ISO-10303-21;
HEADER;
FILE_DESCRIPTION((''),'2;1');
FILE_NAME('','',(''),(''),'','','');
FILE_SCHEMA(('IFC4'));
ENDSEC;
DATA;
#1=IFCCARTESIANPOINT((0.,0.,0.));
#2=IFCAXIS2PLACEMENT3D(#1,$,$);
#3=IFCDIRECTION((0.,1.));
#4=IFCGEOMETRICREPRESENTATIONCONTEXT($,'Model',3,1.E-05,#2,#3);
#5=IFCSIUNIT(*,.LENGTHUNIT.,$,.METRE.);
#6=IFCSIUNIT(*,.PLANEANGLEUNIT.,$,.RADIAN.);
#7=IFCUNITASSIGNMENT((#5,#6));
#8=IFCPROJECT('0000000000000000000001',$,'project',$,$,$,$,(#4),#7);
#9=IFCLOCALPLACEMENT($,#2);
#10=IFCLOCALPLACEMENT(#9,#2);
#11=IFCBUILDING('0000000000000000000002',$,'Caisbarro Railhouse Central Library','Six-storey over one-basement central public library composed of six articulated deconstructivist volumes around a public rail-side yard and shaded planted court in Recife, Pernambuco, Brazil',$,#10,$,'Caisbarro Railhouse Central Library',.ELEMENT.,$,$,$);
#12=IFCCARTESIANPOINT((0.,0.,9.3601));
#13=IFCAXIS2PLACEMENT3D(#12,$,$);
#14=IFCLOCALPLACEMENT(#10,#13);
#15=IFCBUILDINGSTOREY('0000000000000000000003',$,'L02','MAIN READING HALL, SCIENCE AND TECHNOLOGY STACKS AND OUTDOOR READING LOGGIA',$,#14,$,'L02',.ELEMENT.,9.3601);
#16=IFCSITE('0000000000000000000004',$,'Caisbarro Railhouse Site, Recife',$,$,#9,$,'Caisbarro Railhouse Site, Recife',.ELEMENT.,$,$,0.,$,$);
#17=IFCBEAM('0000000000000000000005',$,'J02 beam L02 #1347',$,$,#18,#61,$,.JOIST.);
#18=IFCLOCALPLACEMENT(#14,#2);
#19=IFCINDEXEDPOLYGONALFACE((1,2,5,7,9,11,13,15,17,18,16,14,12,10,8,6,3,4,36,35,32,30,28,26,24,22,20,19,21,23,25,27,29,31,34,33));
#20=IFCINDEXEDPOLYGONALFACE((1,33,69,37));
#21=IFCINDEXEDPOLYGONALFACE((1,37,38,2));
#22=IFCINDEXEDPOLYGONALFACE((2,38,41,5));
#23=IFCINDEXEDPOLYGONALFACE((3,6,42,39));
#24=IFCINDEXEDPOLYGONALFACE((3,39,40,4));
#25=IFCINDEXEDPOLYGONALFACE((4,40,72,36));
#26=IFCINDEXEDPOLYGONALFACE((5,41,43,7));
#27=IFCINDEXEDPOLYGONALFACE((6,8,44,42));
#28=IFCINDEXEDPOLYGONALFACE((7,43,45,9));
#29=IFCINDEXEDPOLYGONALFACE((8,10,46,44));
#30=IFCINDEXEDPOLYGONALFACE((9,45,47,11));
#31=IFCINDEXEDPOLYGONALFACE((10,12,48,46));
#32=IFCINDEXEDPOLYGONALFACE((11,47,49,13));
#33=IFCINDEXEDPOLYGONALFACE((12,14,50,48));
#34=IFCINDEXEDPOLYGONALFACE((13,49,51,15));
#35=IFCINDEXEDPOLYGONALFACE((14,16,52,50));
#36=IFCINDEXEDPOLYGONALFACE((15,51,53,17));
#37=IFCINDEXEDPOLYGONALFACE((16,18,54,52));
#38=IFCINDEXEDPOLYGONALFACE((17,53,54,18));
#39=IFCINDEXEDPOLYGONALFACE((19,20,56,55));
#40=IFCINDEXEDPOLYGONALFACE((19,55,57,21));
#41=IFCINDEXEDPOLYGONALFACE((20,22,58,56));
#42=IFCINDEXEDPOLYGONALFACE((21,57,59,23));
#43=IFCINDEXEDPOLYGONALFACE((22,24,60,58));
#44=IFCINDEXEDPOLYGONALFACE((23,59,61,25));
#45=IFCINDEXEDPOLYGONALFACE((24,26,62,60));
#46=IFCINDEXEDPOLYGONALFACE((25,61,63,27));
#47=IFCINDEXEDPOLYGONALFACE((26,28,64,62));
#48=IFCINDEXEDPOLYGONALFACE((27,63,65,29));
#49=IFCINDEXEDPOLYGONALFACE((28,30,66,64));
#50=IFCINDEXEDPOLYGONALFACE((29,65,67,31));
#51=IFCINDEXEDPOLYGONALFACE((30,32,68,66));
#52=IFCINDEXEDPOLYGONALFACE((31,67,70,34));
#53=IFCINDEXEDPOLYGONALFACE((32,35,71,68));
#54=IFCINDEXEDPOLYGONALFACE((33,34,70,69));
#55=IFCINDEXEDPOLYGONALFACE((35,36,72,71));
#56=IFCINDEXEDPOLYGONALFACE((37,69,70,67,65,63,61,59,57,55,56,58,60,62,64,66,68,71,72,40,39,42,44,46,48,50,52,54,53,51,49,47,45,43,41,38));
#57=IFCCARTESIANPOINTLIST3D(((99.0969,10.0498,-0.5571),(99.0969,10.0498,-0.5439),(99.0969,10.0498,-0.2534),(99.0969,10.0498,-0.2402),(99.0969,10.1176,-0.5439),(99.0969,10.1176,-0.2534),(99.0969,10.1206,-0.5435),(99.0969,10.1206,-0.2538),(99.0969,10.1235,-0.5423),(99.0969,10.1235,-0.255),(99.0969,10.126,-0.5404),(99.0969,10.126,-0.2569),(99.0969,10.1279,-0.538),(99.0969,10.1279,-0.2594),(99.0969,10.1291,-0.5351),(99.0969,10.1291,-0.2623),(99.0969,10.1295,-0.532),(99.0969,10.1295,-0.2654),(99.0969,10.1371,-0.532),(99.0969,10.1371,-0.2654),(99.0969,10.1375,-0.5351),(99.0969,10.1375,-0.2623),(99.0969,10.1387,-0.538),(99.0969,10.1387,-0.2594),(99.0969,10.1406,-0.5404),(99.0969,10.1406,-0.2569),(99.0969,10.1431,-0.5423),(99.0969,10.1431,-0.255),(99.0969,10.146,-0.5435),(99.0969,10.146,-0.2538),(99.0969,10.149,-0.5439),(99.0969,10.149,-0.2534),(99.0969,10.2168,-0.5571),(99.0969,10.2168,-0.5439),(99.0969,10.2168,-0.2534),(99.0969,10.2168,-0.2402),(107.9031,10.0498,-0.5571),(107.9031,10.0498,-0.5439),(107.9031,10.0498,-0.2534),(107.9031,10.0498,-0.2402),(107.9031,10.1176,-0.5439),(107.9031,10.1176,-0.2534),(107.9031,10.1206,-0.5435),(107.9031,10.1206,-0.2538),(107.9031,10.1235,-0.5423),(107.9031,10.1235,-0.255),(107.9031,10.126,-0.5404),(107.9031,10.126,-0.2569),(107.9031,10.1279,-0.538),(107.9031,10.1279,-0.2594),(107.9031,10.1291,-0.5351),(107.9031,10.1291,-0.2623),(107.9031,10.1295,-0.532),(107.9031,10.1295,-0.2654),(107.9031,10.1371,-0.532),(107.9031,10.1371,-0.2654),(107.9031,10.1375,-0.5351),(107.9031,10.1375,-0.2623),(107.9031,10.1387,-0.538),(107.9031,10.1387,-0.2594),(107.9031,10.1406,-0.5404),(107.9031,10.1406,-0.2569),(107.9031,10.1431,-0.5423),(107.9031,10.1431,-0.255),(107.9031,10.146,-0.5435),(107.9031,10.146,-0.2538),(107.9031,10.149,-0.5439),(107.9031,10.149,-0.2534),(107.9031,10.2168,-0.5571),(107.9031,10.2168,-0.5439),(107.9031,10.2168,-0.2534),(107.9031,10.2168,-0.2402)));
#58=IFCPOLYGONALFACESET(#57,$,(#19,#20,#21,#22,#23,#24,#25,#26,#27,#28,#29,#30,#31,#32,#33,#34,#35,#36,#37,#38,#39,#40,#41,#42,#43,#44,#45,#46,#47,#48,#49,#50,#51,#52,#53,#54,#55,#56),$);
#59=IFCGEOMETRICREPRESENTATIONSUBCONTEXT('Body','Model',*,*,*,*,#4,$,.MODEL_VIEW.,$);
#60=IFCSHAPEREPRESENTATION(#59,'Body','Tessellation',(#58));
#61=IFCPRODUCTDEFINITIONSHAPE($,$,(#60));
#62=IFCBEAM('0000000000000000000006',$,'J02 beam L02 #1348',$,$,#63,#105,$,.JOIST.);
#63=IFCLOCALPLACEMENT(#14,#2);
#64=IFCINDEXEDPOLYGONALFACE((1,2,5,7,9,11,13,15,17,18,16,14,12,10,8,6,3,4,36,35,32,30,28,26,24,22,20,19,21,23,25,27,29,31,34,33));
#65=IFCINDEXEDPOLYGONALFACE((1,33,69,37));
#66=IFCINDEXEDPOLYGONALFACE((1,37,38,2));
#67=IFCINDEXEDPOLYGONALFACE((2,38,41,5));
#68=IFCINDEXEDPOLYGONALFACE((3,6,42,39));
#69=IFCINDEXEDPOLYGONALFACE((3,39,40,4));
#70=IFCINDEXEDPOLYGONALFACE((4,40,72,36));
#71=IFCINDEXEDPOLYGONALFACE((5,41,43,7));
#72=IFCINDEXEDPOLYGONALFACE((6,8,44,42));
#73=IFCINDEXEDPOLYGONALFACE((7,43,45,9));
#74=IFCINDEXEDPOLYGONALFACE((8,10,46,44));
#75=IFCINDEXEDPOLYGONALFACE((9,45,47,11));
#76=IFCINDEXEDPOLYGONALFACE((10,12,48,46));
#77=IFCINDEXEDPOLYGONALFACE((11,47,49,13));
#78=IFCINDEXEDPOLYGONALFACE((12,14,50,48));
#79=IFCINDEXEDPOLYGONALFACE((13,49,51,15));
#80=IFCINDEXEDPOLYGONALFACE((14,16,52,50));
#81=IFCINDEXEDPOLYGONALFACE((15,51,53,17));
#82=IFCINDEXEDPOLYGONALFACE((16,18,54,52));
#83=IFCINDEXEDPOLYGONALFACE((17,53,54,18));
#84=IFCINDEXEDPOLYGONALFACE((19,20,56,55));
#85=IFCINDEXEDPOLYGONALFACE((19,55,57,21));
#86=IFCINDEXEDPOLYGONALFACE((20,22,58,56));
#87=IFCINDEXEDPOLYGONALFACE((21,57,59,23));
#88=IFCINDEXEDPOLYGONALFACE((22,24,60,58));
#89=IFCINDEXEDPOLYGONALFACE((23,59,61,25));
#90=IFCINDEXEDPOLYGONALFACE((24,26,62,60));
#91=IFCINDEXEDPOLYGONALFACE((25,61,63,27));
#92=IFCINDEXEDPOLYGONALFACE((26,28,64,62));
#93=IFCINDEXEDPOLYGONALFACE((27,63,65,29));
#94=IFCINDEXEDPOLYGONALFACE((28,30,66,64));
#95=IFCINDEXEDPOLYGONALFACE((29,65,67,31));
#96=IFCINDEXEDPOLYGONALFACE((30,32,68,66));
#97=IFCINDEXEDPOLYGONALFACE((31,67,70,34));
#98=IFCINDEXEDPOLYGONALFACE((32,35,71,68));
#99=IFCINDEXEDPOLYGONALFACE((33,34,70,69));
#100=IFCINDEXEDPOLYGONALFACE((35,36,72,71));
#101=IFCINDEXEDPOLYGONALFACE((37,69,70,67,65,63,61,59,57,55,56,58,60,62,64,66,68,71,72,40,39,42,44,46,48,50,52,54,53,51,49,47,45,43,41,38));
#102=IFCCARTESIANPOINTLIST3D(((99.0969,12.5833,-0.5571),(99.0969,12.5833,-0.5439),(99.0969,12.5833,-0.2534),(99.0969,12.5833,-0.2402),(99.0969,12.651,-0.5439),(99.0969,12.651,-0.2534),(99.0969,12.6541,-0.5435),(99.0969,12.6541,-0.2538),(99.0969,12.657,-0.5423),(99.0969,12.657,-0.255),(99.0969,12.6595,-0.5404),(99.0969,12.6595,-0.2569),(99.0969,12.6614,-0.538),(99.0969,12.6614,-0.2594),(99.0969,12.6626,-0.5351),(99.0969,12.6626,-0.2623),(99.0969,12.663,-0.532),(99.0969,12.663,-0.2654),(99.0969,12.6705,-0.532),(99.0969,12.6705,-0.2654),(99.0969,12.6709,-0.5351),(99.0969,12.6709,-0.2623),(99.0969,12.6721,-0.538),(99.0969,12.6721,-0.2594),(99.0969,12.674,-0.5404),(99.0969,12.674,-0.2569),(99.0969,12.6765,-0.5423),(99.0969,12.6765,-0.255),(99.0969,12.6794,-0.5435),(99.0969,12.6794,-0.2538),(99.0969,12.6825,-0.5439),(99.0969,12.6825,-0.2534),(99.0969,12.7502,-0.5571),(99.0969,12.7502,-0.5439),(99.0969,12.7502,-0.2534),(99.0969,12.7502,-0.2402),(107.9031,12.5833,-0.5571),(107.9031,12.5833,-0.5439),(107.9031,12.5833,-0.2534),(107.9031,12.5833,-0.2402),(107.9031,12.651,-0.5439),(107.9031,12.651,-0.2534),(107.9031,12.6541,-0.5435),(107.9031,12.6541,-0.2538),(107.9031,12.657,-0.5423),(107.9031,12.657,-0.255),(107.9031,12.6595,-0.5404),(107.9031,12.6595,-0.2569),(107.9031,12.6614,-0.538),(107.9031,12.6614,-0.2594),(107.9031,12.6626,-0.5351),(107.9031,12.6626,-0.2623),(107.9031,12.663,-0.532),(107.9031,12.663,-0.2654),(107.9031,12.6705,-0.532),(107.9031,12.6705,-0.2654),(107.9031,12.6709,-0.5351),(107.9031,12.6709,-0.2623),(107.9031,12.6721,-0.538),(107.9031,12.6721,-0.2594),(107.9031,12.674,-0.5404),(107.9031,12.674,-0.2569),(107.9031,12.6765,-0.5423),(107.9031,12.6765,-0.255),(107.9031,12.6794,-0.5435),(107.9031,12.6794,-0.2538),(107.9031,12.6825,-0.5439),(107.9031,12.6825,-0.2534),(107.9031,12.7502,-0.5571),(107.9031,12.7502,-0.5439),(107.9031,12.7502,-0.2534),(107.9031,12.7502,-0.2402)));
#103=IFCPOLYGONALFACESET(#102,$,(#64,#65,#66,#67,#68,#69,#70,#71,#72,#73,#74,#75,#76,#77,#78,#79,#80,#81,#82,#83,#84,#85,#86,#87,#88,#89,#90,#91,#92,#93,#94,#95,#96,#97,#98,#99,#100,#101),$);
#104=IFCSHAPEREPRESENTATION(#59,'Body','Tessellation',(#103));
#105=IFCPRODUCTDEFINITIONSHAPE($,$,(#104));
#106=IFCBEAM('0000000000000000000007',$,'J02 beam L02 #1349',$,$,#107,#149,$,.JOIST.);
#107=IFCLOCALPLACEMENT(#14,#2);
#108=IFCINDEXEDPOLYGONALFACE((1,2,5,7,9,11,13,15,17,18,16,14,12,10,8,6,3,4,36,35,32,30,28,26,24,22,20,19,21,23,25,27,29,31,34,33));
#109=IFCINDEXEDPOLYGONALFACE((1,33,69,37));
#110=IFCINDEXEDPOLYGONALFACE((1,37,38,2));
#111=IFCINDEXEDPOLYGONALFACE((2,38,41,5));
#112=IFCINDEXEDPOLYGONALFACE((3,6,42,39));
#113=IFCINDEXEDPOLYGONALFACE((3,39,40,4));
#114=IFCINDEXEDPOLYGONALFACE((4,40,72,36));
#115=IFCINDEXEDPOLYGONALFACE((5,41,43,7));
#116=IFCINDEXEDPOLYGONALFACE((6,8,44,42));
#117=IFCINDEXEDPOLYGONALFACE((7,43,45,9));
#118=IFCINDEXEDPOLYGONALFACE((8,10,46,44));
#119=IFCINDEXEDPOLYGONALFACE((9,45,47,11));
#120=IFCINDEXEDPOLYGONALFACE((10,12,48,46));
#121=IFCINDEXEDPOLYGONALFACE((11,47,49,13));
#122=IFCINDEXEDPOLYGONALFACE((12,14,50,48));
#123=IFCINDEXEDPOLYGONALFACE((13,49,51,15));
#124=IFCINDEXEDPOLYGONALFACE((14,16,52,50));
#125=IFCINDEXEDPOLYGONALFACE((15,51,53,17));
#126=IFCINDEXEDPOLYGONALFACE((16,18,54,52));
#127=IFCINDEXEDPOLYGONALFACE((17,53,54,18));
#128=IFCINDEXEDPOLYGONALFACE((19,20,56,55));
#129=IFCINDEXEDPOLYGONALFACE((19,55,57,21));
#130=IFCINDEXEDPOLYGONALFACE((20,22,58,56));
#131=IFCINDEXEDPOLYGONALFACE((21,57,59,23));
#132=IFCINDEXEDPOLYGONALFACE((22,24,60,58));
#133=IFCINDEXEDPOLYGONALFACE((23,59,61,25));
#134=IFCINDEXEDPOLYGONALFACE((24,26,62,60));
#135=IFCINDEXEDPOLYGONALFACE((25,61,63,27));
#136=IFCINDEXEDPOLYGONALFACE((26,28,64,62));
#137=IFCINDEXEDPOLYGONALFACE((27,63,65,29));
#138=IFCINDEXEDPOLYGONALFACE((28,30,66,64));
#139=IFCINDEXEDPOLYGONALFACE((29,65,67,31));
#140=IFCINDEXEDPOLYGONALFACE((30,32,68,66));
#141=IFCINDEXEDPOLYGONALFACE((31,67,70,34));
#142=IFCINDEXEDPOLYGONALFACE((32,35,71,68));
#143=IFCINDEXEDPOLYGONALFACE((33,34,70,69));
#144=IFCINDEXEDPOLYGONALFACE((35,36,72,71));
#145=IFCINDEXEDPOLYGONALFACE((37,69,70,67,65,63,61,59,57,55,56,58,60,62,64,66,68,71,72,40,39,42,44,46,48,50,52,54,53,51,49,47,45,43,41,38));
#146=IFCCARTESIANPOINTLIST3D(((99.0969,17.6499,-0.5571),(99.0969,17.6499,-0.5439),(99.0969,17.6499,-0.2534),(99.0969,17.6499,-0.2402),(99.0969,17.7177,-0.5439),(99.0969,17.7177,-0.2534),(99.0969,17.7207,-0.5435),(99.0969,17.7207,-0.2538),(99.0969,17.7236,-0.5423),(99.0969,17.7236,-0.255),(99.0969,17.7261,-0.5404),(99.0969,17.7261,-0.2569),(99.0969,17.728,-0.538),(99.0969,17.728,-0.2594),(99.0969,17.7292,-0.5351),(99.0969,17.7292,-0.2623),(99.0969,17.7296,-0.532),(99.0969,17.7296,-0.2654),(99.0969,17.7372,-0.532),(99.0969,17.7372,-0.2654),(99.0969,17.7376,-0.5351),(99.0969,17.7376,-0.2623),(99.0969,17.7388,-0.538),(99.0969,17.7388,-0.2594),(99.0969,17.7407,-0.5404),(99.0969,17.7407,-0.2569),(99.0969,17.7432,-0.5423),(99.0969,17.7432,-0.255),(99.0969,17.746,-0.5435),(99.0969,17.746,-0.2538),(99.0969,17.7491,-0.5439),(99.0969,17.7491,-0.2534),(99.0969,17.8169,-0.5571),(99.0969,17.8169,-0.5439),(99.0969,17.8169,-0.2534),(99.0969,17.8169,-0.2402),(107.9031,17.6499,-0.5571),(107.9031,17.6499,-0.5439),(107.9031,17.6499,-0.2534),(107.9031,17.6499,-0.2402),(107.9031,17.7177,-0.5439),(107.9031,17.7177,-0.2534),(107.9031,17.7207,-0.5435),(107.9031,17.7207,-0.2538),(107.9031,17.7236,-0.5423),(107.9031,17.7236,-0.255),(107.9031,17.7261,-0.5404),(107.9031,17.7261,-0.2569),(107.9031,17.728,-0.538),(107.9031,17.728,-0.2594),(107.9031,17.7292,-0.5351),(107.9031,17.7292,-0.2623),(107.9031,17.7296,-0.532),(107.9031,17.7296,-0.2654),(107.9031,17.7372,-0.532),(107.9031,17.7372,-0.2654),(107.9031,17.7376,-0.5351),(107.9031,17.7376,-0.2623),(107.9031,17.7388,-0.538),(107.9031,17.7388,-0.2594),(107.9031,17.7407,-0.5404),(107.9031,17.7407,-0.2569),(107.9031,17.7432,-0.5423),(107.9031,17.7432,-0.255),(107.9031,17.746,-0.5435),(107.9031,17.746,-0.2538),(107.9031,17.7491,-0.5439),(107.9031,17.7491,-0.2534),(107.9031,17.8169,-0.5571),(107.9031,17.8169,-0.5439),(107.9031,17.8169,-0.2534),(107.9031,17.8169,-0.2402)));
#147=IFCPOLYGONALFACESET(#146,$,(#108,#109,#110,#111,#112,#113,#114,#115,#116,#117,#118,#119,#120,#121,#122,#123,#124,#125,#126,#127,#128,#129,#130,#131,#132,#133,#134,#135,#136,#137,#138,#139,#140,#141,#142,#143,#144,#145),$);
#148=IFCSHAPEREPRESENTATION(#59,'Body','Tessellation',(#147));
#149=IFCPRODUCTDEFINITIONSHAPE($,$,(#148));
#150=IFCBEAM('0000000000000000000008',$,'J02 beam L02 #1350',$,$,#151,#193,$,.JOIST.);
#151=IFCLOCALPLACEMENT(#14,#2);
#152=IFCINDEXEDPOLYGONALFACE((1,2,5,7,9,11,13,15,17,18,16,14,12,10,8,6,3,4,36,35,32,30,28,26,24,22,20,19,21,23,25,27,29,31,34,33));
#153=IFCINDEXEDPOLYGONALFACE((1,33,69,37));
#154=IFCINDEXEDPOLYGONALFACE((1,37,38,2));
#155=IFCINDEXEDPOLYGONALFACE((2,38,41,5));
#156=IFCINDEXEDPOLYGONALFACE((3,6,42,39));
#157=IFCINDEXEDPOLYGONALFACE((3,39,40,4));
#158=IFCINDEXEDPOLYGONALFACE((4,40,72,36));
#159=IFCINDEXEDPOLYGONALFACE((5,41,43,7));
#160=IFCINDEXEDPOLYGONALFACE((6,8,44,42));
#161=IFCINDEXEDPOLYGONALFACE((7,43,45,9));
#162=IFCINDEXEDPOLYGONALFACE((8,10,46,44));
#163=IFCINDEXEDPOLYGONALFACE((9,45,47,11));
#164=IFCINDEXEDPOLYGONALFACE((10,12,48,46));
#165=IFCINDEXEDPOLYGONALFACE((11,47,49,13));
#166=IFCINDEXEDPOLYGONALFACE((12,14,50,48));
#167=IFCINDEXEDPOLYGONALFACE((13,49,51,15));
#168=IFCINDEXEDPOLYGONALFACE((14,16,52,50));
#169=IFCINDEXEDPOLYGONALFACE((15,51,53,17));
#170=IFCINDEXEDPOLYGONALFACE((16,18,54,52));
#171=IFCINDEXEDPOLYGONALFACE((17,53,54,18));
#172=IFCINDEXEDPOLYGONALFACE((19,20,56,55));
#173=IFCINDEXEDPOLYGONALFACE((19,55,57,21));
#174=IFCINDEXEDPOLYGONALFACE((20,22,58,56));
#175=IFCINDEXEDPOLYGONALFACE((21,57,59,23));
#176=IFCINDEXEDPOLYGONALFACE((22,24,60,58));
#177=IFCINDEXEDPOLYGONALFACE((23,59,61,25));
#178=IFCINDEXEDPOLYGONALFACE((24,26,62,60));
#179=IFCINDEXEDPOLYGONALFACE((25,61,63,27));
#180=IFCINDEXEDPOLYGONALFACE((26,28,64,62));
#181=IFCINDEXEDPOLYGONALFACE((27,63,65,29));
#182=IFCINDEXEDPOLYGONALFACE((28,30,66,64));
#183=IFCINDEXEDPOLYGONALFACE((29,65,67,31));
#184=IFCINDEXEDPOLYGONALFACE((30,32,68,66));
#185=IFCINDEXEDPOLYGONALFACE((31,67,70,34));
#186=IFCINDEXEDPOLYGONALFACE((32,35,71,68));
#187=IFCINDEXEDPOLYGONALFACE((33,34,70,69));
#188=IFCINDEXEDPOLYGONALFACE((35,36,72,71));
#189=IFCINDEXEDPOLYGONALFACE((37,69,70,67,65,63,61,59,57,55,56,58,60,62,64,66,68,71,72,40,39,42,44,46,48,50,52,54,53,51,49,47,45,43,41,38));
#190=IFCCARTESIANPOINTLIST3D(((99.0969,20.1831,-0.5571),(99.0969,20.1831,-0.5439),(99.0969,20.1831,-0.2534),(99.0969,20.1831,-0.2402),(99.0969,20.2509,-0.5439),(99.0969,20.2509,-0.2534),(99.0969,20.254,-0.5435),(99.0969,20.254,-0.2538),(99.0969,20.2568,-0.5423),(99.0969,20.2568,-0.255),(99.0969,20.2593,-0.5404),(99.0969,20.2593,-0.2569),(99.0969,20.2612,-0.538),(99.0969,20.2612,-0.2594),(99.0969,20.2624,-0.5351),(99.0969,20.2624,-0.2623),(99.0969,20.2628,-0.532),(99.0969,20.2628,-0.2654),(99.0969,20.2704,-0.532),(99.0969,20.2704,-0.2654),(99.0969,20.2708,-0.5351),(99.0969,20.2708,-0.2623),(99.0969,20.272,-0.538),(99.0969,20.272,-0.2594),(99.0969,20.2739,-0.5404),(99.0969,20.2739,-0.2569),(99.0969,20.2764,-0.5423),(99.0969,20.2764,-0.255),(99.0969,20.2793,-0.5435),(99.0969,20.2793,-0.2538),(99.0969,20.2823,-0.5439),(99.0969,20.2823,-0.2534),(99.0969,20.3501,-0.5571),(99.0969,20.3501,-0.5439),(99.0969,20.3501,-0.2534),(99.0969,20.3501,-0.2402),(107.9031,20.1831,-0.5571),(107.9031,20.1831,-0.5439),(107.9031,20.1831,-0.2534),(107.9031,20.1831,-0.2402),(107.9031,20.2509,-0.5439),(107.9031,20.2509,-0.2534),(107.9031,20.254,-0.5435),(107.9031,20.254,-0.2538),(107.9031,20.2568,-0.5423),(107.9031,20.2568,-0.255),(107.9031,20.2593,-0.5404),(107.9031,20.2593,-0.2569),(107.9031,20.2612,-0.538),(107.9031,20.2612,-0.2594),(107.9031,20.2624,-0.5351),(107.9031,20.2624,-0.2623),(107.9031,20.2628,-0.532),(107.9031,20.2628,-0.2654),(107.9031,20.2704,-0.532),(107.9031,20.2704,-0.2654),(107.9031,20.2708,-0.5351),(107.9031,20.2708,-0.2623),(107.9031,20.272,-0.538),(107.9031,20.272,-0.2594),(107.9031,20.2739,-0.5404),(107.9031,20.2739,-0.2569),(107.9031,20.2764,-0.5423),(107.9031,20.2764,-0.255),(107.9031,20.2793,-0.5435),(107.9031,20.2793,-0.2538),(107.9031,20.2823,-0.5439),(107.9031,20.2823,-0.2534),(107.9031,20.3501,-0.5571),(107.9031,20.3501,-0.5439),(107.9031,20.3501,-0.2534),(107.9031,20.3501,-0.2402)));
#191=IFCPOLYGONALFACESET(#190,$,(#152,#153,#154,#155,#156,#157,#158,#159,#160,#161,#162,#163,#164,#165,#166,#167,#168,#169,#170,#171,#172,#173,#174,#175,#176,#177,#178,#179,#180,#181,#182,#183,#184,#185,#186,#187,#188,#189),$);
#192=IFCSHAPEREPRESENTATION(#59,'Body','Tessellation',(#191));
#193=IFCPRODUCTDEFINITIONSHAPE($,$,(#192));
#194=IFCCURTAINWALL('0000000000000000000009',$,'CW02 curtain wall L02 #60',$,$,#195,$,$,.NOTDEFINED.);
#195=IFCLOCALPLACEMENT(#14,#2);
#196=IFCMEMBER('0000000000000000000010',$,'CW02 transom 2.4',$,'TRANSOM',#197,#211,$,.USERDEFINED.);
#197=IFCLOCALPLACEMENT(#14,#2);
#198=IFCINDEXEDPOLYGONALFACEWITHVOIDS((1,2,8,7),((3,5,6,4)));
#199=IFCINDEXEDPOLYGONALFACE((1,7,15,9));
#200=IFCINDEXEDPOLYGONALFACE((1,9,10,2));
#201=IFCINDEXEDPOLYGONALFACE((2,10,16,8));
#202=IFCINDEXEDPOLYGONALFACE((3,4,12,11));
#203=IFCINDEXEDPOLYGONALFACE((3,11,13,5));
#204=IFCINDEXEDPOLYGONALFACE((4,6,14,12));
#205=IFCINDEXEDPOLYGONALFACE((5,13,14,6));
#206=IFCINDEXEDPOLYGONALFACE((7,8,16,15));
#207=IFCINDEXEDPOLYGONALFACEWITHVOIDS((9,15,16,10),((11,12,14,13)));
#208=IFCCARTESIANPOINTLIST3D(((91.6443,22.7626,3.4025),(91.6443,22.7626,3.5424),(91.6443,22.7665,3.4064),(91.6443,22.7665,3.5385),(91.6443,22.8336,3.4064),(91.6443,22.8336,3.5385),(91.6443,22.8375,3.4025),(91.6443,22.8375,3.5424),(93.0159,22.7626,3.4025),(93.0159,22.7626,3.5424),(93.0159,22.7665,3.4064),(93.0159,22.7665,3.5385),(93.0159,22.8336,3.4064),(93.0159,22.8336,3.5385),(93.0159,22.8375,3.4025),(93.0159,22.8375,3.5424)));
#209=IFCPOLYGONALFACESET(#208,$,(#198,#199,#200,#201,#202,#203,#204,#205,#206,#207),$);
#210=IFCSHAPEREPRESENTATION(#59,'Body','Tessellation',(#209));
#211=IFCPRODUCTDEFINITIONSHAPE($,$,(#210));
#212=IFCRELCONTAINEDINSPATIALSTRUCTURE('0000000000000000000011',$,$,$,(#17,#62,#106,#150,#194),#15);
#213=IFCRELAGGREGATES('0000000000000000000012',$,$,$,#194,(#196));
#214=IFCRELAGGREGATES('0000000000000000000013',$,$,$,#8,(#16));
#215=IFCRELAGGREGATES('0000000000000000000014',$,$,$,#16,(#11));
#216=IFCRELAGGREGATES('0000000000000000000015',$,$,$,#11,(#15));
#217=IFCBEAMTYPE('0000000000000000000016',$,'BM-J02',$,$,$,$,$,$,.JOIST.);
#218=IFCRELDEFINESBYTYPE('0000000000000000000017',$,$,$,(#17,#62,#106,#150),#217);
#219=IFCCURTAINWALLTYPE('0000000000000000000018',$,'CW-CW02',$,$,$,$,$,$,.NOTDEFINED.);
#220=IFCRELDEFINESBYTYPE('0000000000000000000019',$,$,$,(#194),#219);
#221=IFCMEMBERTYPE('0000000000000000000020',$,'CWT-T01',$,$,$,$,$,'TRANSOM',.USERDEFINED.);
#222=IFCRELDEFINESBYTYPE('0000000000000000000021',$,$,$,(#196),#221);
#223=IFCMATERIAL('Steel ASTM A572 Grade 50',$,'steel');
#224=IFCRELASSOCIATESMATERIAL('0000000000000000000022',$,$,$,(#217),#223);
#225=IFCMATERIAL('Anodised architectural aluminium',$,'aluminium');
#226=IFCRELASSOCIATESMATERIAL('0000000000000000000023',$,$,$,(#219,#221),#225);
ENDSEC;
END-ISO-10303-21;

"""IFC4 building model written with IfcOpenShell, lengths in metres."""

from ifc_helpers import new_model, si_unit, direction, frame, origin, origin_2d, place, context, subcontext, project, spatial, hollow_rectangle, i_section, extrude, material, material_profile, profile_set, type_object, element, aggregate, save


model = new_model("IFC4")

# Units and contexts
model_context = context("Model", 3, precision=1e-05, world=origin(), true_north=direction((0.0, 1.0)))
body_context = subcontext(model_context, "Body", "Model", "MODEL_VIEW")
ifc_project = project(units=[si_unit("LENGTHUNIT", "METRE"), si_unit("PLANEANGLEUNIT", "RADIAN")], contexts=[model_context])

# Site, building, storey
site_placement = place(None, origin())
site = spatial("IfcSite", under=ifc_project, at=site_placement, Name="Caisbarro Railhouse Site, Recife", LongName="Caisbarro Railhouse Site, Recife", CompositionType="ELEMENT", RefElevation=0.0)
building_placement = place(site_placement, origin())
building = spatial("IfcBuilding", under=site, at=building_placement, Name="Caisbarro Railhouse Central Library", Description="Six-storey over one-basement central public library composed of six articulated deconstructivist volumes around a public rail-side yard and shaded planted court in Recife, Pernambuco, Brazil", LongName="Caisbarro Railhouse Central Library", CompositionType="ELEMENT")
storey_placement = place(building_placement, frame((0.0, 0.0, 9.3601)))
storey = spatial("IfcBuildingStorey", under=building, at=storey_placement, Name="L02", Description="MAIN READING HALL, SCIENCE AND TECHNOLOGY STACKS AND OUTDOOR READING LOGGIA", LongName="L02", CompositionType="ELEMENT", Elevation=9.3601)

# Shared definitions
ifc_material_1 = material(Name="Steel ASTM A572 Grade 50", Category="steel")

# Beams
ifc_material_profile_1 = material_profile(ifc_material_1, i_section(OverallWidth=0.167, OverallDepth=0.3169, WebThickness=0.0076, FlangeThickness=0.0132, FilletRadius=0.012, at=origin_2d()), Name="W310X52.0")
ifc_profile_set_1 = profile_set([ifc_material_profile_1], Name="Steel ASTM A572 Grade 50")
beam_type_1 = type_object("IfcBeamType", Name="BM-J02", PredefinedType="JOIST", material=ifc_profile_set_1)
for number, where, z_axis, x_axis, name in (
    (1, (99.0969, 10.1333, -0.3987), (1.0, 0.0, 0.0), (0.0, 1.0, 0.0), "J02 beam L02 #1347"),
    (2, (99.0969, 12.6667, -0.3987), (1.0, 0.0, 0.0), (0.0, 1.0, 0.0), "J02 beam L02 #1348"),
    (3, (99.0969, 17.7334, -0.3987), (1.0, 0.0, 0.0), (0.0, 1.0, 0.0), "J02 beam L02 #1349"),
    (4, (99.0969, 20.2666, -0.3987), (1.0, 0.0, 0.0), (0.0, 1.0, 0.0), "J02 beam L02 #1350"),
):
    element("IfcBeam", number, at=place(storey_placement, frame(where, z_axis=z_axis, x_axis=x_axis)), inside=storey, type_object=beam_type_1, Name=name, PredefinedType="JOIST", context=body_context, shape_type="SweptSolid", body=[
        extrude(i_section(OverallWidth=0.167, OverallDepth=0.3169, WebThickness=0.0076, FlangeThickness=0.0132, FilletRadius=0.012, at=origin_2d()), origin(), (0.0, 0.0, 1.0), 8.8062),
    ])

# Curtain wall, member
ifc_material_2 = material(Name="Anodised architectural aluminium", Category="aluminium")
curtain_wall_type = type_object("IfcCurtainWallType", Name="CW-CW02", PredefinedType="NOTDEFINED", material=ifc_material_2)
curtain_wall_placement = place(storey_placement, origin())
curtain_wall = element("IfcCurtainWall", 5, at=curtain_wall_placement, inside=storey, type_object=curtain_wall_type, Name="CW02 curtain wall L02 #60", PredefinedType="NOTDEFINED")
ifc_material_profile_2 = material_profile(ifc_material_2, hollow_rectangle(XDim=0.075, YDim=0.1399, WallThickness=0.0039, at=origin_2d()), Name="ALU-TRN-75X140")
ifc_profile_set_2 = profile_set([ifc_material_profile_2], Name="Anodised architectural aluminium")
member_type = type_object("IfcMemberType", Name="CWT-T01", ElementType="TRANSOM", PredefinedType="USERDEFINED", material=ifc_profile_set_2)
member_placement = place(storey_placement, frame((91.6443, 22.8, 3.4724), z_axis=(1.0, 0.0, 0.0), x_axis=(0.0, 1.0, 0.0)))
member = element("IfcMember", 6, at=member_placement, type_object=member_type, Name="CW02 transom 2.4", ObjectType="TRANSOM", PredefinedType="USERDEFINED", context=body_context, shape_type="SweptSolid", body=[
    extrude(hollow_rectangle(XDim=0.075, YDim=0.1399, WallThickness=0.0039, at=origin_2d()), origin(), (0.0, 0.0, 1.0), 1.3716),
])
aggregate(curtain_wall, [member])

save(model, "model.ifc")
